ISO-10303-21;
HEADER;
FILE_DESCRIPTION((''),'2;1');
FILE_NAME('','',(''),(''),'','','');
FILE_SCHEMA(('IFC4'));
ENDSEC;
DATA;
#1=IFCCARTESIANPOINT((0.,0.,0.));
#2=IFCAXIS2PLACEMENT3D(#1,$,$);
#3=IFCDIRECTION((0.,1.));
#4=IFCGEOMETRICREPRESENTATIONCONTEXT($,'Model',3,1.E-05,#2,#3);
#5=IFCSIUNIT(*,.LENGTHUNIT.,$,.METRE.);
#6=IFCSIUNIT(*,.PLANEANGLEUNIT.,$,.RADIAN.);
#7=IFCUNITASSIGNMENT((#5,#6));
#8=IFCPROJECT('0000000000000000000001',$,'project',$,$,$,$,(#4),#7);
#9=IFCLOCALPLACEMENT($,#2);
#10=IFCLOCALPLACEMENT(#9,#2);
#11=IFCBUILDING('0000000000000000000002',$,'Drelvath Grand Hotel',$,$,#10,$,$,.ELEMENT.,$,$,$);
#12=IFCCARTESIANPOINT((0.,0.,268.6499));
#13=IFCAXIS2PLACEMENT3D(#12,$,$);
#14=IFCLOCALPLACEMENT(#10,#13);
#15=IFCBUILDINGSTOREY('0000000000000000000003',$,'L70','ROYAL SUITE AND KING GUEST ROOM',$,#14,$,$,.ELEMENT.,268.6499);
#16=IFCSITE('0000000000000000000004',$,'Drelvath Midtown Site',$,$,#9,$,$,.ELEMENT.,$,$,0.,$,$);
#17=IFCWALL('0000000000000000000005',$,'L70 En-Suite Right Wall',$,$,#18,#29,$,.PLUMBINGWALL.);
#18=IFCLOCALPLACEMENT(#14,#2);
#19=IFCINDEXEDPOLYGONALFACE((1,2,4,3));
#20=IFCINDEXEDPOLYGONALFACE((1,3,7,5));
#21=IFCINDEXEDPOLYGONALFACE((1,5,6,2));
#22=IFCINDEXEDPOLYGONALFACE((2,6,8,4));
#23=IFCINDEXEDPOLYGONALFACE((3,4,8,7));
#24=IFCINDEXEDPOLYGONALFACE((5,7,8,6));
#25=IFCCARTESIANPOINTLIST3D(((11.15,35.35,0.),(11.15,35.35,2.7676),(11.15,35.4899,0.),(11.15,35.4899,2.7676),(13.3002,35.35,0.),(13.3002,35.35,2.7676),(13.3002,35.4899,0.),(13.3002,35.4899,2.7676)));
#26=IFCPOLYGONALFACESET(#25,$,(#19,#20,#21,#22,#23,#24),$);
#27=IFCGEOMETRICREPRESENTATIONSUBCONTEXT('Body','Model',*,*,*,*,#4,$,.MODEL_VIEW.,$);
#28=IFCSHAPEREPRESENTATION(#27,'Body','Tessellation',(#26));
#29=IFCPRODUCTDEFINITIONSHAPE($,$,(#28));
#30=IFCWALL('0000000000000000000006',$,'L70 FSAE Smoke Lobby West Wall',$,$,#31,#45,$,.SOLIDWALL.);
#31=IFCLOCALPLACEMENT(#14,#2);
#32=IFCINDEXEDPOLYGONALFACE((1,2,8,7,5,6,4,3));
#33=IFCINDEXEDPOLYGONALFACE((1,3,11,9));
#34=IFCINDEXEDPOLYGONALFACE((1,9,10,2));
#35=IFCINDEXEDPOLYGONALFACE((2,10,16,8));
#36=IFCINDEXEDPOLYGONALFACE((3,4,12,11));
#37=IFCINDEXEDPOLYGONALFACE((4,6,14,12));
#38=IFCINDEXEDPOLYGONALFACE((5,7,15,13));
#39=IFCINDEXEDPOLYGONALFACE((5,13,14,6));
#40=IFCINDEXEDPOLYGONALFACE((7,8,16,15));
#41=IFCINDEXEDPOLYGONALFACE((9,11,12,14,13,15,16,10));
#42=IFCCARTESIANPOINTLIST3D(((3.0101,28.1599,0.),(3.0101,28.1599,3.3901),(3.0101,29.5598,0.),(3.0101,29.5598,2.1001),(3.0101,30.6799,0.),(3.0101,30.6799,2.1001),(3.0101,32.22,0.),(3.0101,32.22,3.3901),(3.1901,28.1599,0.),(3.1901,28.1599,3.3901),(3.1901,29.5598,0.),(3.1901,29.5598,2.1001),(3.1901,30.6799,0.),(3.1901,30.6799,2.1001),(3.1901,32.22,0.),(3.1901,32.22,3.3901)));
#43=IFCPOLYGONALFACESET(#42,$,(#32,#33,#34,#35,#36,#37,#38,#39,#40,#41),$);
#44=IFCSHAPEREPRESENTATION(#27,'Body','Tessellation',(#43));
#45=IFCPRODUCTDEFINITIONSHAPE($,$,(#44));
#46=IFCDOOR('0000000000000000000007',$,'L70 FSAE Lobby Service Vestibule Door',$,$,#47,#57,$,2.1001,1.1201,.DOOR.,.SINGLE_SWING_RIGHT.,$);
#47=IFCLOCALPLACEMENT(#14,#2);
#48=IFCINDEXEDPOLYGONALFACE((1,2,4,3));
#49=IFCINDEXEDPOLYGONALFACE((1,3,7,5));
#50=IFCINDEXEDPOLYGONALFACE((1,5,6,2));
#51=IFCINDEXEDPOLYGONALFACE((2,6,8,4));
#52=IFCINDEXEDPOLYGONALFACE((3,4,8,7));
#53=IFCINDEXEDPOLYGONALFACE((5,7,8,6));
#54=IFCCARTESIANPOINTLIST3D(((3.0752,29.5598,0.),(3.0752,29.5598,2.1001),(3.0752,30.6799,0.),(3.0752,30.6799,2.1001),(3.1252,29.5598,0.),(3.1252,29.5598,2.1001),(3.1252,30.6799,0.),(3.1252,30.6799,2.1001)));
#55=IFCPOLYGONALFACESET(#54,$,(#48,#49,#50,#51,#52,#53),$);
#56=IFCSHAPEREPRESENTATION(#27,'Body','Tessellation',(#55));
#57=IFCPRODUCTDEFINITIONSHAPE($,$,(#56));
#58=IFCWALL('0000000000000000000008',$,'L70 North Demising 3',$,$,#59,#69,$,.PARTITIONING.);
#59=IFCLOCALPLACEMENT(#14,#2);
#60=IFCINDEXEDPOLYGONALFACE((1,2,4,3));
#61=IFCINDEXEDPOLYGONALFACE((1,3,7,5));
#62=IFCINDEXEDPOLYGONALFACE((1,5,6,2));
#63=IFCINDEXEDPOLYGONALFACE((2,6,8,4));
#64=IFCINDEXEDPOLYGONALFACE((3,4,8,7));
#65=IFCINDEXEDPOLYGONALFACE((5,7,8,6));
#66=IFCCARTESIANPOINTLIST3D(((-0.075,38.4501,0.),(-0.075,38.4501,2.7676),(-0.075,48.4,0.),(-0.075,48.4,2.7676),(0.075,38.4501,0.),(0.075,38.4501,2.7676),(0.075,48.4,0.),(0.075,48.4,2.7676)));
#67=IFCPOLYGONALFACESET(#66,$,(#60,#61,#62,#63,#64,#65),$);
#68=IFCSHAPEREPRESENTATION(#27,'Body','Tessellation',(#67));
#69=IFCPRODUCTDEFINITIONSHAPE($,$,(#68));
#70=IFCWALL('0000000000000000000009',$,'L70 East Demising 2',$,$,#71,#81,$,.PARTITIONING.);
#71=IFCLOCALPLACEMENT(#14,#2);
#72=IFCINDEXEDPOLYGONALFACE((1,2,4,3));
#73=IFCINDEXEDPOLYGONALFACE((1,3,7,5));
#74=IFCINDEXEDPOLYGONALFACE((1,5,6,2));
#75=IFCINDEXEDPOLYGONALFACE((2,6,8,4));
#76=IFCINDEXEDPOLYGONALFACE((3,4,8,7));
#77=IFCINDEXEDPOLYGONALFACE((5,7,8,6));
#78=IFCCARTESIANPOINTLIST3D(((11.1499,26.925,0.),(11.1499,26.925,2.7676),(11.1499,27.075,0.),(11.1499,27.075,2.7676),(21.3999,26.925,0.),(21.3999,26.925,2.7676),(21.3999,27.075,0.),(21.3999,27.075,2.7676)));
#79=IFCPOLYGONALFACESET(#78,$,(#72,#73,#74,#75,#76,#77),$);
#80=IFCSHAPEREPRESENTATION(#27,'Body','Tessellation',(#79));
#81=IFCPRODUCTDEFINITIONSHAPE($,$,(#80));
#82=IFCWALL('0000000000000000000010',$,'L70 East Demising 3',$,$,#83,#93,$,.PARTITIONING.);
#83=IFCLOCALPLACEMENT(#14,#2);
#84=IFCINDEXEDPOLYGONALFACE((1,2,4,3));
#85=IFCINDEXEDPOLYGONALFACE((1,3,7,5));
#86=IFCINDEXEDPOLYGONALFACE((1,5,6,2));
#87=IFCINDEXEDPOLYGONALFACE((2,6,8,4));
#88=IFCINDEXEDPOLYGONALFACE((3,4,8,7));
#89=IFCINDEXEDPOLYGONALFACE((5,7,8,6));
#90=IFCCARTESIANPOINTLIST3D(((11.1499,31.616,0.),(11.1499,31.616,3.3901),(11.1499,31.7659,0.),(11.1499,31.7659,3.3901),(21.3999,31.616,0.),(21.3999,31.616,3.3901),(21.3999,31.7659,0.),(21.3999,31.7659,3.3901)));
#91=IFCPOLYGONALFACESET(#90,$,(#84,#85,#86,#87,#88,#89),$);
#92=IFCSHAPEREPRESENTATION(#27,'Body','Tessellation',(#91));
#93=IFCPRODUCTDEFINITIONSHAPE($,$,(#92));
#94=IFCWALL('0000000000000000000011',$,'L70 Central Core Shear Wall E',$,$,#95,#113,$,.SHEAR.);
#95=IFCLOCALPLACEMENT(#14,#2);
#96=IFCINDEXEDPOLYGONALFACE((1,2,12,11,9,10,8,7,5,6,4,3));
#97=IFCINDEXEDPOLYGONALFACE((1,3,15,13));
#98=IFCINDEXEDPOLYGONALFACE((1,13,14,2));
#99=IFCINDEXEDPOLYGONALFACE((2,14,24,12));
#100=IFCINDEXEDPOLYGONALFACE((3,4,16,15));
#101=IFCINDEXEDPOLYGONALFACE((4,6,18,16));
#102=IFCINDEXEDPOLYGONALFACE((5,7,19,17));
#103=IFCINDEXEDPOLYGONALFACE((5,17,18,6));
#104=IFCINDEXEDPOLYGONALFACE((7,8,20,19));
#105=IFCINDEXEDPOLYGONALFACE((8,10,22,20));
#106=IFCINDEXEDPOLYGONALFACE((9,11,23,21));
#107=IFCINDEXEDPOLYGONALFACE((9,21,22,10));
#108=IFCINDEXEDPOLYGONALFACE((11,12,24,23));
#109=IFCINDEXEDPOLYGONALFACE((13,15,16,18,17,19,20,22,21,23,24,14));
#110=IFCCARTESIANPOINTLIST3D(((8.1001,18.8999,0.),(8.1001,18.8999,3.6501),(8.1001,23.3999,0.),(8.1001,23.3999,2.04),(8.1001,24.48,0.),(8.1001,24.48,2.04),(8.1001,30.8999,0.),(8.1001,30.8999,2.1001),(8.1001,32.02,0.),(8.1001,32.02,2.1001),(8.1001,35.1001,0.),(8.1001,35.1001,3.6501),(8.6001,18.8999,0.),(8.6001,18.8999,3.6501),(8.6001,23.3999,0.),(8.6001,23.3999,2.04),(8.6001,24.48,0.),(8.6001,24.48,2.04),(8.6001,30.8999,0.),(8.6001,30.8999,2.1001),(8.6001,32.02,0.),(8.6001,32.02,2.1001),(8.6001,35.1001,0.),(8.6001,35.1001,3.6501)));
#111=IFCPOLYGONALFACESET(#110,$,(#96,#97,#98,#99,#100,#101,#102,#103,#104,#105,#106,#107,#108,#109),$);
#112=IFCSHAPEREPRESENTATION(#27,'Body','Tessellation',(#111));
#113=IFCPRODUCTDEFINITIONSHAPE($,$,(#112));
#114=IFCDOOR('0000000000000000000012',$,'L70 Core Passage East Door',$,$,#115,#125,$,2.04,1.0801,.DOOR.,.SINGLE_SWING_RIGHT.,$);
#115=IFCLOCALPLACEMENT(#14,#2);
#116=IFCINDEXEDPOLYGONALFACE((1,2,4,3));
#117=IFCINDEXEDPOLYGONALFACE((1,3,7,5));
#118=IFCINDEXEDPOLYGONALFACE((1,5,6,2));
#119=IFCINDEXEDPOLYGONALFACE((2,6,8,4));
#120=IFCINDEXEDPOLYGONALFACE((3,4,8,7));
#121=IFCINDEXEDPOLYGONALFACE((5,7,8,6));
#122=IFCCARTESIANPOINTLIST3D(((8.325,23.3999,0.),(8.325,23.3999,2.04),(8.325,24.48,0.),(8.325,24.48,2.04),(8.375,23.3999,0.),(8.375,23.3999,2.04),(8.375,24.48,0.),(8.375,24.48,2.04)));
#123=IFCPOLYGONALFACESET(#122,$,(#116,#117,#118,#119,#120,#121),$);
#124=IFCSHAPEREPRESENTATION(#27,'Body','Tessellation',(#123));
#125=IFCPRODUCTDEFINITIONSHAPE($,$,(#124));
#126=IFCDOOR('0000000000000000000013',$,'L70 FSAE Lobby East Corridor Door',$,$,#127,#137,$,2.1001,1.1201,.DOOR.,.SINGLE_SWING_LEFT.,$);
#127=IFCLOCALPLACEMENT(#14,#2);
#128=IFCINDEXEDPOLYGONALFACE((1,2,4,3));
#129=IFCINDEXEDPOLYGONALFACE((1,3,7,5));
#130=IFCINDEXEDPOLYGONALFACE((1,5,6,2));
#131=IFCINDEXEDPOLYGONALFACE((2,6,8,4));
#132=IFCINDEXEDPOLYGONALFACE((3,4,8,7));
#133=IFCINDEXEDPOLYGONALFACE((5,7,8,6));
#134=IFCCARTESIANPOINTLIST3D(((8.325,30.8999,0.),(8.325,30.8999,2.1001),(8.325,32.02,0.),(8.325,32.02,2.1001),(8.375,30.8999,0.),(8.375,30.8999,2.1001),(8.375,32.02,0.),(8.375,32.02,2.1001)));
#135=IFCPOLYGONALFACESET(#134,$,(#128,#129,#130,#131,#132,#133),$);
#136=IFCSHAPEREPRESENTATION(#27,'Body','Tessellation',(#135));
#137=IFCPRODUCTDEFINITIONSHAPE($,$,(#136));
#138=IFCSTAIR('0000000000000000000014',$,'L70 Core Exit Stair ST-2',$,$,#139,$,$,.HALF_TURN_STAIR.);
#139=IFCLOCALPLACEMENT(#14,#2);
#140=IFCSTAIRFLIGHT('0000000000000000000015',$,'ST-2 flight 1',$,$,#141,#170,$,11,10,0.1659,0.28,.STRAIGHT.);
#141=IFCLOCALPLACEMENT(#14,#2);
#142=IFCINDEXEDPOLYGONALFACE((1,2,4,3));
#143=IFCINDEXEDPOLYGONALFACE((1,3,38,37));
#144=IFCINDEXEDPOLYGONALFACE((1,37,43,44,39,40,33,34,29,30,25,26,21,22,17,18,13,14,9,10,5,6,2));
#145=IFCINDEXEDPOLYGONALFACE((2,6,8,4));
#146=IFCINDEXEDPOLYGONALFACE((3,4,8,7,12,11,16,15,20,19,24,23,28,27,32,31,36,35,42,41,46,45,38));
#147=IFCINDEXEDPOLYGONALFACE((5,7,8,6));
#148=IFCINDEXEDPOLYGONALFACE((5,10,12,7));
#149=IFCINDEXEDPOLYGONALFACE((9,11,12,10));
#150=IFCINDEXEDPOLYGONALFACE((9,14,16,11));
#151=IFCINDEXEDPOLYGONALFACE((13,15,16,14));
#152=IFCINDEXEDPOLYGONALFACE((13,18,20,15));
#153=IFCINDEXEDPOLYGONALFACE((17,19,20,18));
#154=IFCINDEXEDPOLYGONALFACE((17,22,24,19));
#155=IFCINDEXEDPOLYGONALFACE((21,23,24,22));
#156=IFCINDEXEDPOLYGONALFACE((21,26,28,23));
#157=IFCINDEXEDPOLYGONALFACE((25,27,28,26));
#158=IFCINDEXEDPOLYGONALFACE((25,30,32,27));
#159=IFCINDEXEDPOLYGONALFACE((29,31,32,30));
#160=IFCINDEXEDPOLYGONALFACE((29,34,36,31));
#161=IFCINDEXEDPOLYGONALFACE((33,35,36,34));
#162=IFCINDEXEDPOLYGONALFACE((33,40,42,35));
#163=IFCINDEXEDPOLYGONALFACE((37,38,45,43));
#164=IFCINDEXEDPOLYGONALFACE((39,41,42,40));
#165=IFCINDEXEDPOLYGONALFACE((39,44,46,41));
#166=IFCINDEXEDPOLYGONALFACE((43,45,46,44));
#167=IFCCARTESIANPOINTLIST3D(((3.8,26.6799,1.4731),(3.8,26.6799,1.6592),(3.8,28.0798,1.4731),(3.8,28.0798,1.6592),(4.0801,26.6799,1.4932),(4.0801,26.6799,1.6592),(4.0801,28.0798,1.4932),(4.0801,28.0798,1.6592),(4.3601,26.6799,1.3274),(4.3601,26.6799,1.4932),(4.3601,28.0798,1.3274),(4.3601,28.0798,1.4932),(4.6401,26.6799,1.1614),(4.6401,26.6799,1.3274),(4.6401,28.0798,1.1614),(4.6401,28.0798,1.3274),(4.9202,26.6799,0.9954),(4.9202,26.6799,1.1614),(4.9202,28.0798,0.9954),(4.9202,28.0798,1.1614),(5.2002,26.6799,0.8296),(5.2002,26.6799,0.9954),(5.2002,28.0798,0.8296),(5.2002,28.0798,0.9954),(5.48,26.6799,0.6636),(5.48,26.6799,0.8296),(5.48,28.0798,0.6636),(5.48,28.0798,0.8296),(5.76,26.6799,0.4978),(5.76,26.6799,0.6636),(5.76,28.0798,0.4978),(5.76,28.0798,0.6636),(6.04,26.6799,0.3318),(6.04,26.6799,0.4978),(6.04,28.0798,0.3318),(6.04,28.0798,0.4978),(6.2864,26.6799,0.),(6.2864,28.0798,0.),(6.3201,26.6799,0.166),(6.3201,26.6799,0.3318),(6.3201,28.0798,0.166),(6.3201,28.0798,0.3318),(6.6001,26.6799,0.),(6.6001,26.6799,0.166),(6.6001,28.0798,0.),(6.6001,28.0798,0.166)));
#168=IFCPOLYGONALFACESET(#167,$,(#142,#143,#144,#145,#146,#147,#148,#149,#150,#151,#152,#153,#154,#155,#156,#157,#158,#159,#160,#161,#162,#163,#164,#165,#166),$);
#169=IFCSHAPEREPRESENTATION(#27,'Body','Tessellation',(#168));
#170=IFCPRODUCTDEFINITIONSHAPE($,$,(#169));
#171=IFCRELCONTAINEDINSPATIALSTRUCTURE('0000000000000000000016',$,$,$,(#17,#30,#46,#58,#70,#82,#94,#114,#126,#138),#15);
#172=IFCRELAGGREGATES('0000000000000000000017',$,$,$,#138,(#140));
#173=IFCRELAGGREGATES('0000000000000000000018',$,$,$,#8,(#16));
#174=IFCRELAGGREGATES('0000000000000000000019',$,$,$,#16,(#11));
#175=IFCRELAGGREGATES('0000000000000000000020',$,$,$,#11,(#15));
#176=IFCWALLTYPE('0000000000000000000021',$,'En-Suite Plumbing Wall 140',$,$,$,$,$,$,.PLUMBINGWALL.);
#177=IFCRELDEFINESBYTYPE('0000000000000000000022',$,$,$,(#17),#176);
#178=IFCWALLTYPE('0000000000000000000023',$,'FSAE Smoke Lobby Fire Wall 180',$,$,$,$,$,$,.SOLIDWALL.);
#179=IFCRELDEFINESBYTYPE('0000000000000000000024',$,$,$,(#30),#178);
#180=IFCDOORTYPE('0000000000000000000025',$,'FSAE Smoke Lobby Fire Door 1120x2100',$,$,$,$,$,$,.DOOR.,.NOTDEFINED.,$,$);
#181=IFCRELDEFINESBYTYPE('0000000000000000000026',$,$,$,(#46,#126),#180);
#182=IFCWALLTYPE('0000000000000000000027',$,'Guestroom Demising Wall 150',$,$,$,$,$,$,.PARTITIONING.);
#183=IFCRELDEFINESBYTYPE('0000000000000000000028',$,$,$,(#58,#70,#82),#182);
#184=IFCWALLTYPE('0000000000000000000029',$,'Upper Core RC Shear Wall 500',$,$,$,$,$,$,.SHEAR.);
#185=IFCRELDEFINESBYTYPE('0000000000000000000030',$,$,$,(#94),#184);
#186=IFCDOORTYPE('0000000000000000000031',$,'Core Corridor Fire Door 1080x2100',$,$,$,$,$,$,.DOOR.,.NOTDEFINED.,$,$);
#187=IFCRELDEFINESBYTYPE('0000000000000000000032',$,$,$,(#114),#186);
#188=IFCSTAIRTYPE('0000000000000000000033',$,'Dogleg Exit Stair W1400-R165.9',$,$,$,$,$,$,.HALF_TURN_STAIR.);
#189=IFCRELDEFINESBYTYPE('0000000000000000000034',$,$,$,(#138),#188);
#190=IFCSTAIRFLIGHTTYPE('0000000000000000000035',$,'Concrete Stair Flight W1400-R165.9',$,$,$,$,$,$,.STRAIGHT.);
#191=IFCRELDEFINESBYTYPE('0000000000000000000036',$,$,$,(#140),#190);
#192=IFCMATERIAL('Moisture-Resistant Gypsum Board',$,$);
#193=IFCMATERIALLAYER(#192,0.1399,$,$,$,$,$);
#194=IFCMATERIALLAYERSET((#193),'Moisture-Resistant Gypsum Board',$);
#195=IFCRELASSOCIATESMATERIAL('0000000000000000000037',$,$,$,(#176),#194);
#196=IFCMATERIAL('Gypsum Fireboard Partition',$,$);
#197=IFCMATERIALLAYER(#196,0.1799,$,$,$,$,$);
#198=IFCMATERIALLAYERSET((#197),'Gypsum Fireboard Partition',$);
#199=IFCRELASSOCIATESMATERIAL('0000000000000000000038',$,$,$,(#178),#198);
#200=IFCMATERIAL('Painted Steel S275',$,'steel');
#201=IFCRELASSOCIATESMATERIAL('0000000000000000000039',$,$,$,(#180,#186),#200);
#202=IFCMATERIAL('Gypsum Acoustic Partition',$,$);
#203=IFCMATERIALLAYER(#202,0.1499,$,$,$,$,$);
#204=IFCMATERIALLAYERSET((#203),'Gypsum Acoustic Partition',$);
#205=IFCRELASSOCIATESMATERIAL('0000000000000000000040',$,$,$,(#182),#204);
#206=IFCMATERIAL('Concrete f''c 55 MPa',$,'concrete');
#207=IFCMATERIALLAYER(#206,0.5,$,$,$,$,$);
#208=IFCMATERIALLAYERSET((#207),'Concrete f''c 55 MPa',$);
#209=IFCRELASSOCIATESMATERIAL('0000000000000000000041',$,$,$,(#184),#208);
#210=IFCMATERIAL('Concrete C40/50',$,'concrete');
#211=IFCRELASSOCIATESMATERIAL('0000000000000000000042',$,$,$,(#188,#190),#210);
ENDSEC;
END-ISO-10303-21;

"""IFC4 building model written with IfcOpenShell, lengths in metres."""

from ifc_helpers import new_model, si_unit, direction, frame, frame_2d, origin, place, context, subcontext, project, spatial, polyline, rectangle, outline, extrude, material, layer, layer_set, type_object, element, fill, aggregate, save


model = new_model("IFC4")

# Units and contexts
model_context = context("Model", 3, precision=1e-05, world=origin(), true_north=direction((0.0, 1.0)))
body_context = subcontext(model_context, "Body", "Model", "MODEL_VIEW")
ifc_project = project(units=[si_unit("LENGTHUNIT", "METRE"), si_unit("PLANEANGLEUNIT", "RADIAN")], contexts=[model_context])

# Site, building, storey
site_placement = place(None, origin())
site = spatial("IfcSite", under=ifc_project, at=site_placement, Name="Drelvath Midtown Site", CompositionType="ELEMENT", RefElevation=0.0)
building_placement = place(site_placement, origin())
building = spatial("IfcBuilding", under=site, at=building_placement, Name="Drelvath Grand Hotel", CompositionType="ELEMENT")
storey_placement = place(building_placement, frame((0.0, 0.0, 268.6499)))
storey = spatial("IfcBuildingStorey", under=building, at=storey_placement, Name="L70", Description="ROYAL SUITE AND KING GUEST ROOM", CompositionType="ELEMENT", Elevation=268.6499)

# Shared definitions
ifc_material_1 = material(Name="Concrete f'c 55 MPa", Category="concrete")

# Shared definitions
ifc_material_2 = material(Name="Concrete C40/50", Category="concrete")

# Shared definitions
ifc_material_3 = material(Name="Painted Steel S275", Category="steel")

# Wall
ifc_material_4 = material(Name="Gypsum Fireboard Partition")
ifc_material_5 = material(Name="Moisture-Resistant Gypsum Board")
ifc_layer_1 = layer(ifc_material_5, 0.1399)
ifc_layer_set_1 = layer_set([ifc_layer_1], Name="Moisture-Resistant Gypsum Board")
wall_type_1 = type_object("IfcWallType", Name="En-Suite Plumbing Wall 140", PredefinedType="PLUMBINGWALL", material=ifc_layer_set_1)
wall_1_placement = place(storey_placement, frame((11.1499, 35.4199, 0.0), z_axis=(0.0, 0.0, 1.0), x_axis=(1.0, 0.0, 0.0)))
element("IfcWall", 1, at=wall_1_placement, inside=storey, type_object=wall_type_1, Name="L70 En-Suite Right Wall", PredefinedType="PLUMBINGWALL", context=body_context, shape_type="SweptSolid", body=[
    extrude(rectangle(XDim=2.1501, YDim=0.1399, at=frame_2d((1.0752, 0.0))), origin(), (0.0, 0.0, 1.0), 2.7676),
])

# Wall, opening, door
ifc_layer_2 = layer(ifc_material_4, 0.1799)
ifc_layer_set_2 = layer_set([ifc_layer_2], Name="Gypsum Fireboard Partition")
wall_type_2 = type_object("IfcWallType", Name="FSAE Smoke Lobby Fire Wall 180", PredefinedType="SOLIDWALL", material=ifc_layer_set_2)
wall_2_placement = place(storey_placement, frame((3.1001, 28.1599, 0.0), z_axis=(0.0, 0.0, 1.0), x_axis=(0.0, 1.0, 0.0)))
wall_2 = element("IfcWall", 2, at=wall_2_placement, inside=storey, type_object=wall_type_2, Name="L70 FSAE Smoke Lobby West Wall", PredefinedType="SOLIDWALL", context=body_context, shape_type="SweptSolid", body=[
    extrude(rectangle(XDim=4.0601, YDim=0.1799, at=frame_2d((2.03, 0.0))), origin(), (0.0, 0.0, 1.0), 3.3901),
])
opening_1_placement = place(wall_2_placement, frame((1.3999, 0.0, 0.0)))
opening_1 = element("IfcOpeningElement", 3, at=opening_1_placement, cuts=wall_2, PredefinedType="OPENING", context=body_context, shape_type="SweptSolid", body=[
    extrude(rectangle(XDim=1.1201, YDim=2.1001, at=frame_2d((0.5601, 1.05))), frame((0.0, 0.0999, 0.0), z_axis=(0.0, -1.0, 0.0), x_axis=(1.0, 0.0, 0.0)), (0.0, 0.0, 1.0), 0.2),
])
door_type_1 = type_object("IfcDoorType", Name="FSAE Smoke Lobby Fire Door 1120x2100", OperationType="NOTDEFINED", PredefinedType="DOOR", material=ifc_material_3)
door_1_placement = place(opening_1_placement, origin())
door_1 = element("IfcDoor", 4, at=door_1_placement, inside=storey, type_object=door_type_1, Name="L70 FSAE Lobby Service Vestibule Door", OperationType="SINGLE_SWING_RIGHT", OverallHeight=2.1001, OverallWidth=1.1201, PredefinedType="DOOR", context=body_context, shape_type="SweptSolid", body=[
    extrude(rectangle(XDim=1.1201, YDim=2.1001, at=frame_2d((0.5601, 1.05))), frame((0.0, 0.0249, 0.0), z_axis=(0.0, -1.0, 0.0), x_axis=(1.0, 0.0, 0.0)), (0.0, 0.0, 1.0), 0.05),
])
fill(opening_1, door_1)

# Walls
ifc_material_6 = material(Name="Gypsum Acoustic Partition")
ifc_layer_3 = layer(ifc_material_6, 0.1499)
ifc_layer_set_3 = layer_set([ifc_layer_3], Name="Gypsum Acoustic Partition")
wall_type_3 = type_object("IfcWallType", Name="Guestroom Demising Wall 150", PredefinedType="PARTITIONING", material=ifc_layer_set_3)
wall_3_placement = place(storey_placement, frame((0.0, 38.45, 0.0), z_axis=(0.0, 0.0, 1.0), x_axis=(0.0, 1.0, 0.0)))
element("IfcWall", 5, at=wall_3_placement, inside=storey, type_object=wall_type_3, Name="L70 North Demising 3", PredefinedType="PARTITIONING", context=body_context, shape_type="SweptSolid", body=[
    extrude(rectangle(XDim=9.95, YDim=0.1499, at=frame_2d((4.9751, 0.0))), origin(), (0.0, 0.0, 1.0), 2.7676),
])
wall_4_placement = place(storey_placement, frame((11.1499, 27.0, 0.0), z_axis=(0.0, 0.0, 1.0), x_axis=(1.0, 0.0, 0.0)))
element("IfcWall", 6, at=wall_4_placement, inside=storey, type_object=wall_type_3, Name="L70 East Demising 2", PredefinedType="PARTITIONING", context=body_context, shape_type="SweptSolid", body=[
    extrude(rectangle(XDim=10.25, YDim=0.1499, at=frame_2d((5.125, 0.0))), origin(), (0.0, 0.0, 1.0), 2.7676),
])
wall_5_placement = place(storey_placement, frame((11.1499, 31.6909, 0.0), z_axis=(0.0, 0.0, 1.0), x_axis=(1.0, 0.0, 0.0)))
element("IfcWall", 7, at=wall_5_placement, inside=storey, type_object=wall_type_3, Name="L70 East Demising 3", PredefinedType="PARTITIONING", context=body_context, shape_type="SweptSolid", body=[
    extrude(rectangle(XDim=10.25, YDim=0.1499, at=frame_2d((5.125, 0.0))), origin(), (0.0, 0.0, 1.0), 3.3901),
])

# Wall, openings, doors
ifc_layer_4 = layer(ifc_material_1, 0.5)
ifc_layer_set_4 = layer_set([ifc_layer_4], Name="Concrete f'c 55 MPa")
wall_type_4 = type_object("IfcWallType", Name="Upper Core RC Shear Wall 500", PredefinedType="SHEAR", material=ifc_layer_set_4)
wall_6_placement = place(storey_placement, frame((8.3501, 35.1001, 0.0), z_axis=(0.0, 0.0, 1.0), x_axis=(0.0, -1.0, 0.0)))
wall_6 = element("IfcWall", 8, at=wall_6_placement, inside=storey, type_object=wall_type_4, Name="L70 Central Core Shear Wall E", PredefinedType="SHEAR", context=body_context, shape_type="SweptSolid", body=[
    extrude(rectangle(XDim=16.2002, YDim=0.5, at=frame_2d((8.1001, 0.0))), origin(), (0.0, 0.0, 1.0), 3.6501),
])
opening_2_placement = place(wall_6_placement, frame((3.0801, 0.0, 0.0)))
opening_2 = element("IfcOpeningElement", 9, at=opening_2_placement, cuts=wall_6, PredefinedType="OPENING", context=body_context, shape_type="SweptSolid", body=[
    extrude(rectangle(XDim=1.1201, YDim=2.1001, at=frame_2d((0.5601, 1.05))), frame((0.0, 0.26, 0.0), z_axis=(0.0, -1.0, 0.0), x_axis=(1.0, 0.0, 0.0)), (0.0, 0.0, 1.0), 0.52),
])
opening_3_placement = place(wall_6_placement, frame((10.6201, 0.0, 0.0)))
opening_3 = element("IfcOpeningElement", 10, at=opening_3_placement, cuts=wall_6, PredefinedType="OPENING", context=body_context, shape_type="SweptSolid", body=[
    extrude(rectangle(XDim=1.0801, YDim=2.04, at=frame_2d((0.54, 1.02))), frame((0.0, 0.26, 0.0), z_axis=(0.0, -1.0, 0.0), x_axis=(1.0, 0.0, 0.0)), (0.0, 0.0, 1.0), 0.52),
])
door_type_2 = type_object("IfcDoorType", Name="Core Corridor Fire Door 1080x2100", OperationType="NOTDEFINED", PredefinedType="DOOR", material=ifc_material_3)
door_2_placement = place(opening_3_placement, origin())
door_2 = element("IfcDoor", 11, at=door_2_placement, inside=storey, type_object=door_type_2, Name="L70 Core Passage East Door", OperationType="SINGLE_SWING_RIGHT", OverallHeight=2.04, OverallWidth=1.0801, PredefinedType="DOOR", context=body_context, shape_type="SweptSolid", body=[
    extrude(rectangle(XDim=1.0801, YDim=2.04, at=frame_2d((0.54, 1.02))), frame((0.0, 0.0249, 0.0), z_axis=(0.0, -1.0, 0.0), x_axis=(1.0, 0.0, 0.0)), (0.0, 0.0, 1.0), 0.05),
])
fill(opening_3, door_2)
door_3_placement = place(opening_2_placement, origin())
door_3 = element("IfcDoor", 12, at=door_3_placement, inside=storey, type_object=door_type_1, Name="L70 FSAE Lobby East Corridor Door", OperationType="SINGLE_SWING_LEFT", OverallHeight=2.1001, OverallWidth=1.1201, PredefinedType="DOOR", context=body_context, shape_type="SweptSolid", body=[
    extrude(rectangle(XDim=1.1201, YDim=2.1001, at=frame_2d((0.5601, 1.05))), frame((0.0, 0.0249, 0.0), z_axis=(0.0, -1.0, 0.0), x_axis=(1.0, 0.0, 0.0)), (0.0, 0.0, 1.0), 0.05),
])
fill(opening_2, door_3)

# Stair, stair flight
stair_type = type_object("IfcStairType", Name="Dogleg Exit Stair W1400-R165.9", PredefinedType="HALF_TURN_STAIR", material=ifc_material_2)
stair_placement = place(storey_placement, origin())
stair = element("IfcStair", 13, at=stair_placement, inside=storey, type_object=stair_type, Name="L70 Core Exit Stair ST-2", PredefinedType="HALF_TURN_STAIR")
stair_flight_type = type_object("IfcStairFlightType", Name="Concrete Stair Flight W1400-R165.9", PredefinedType="STRAIGHT", material=ifc_material_2)
stair_flight_placement = place(storey_placement, frame((6.6001, 27.3799, 0.0), z_axis=(0.0, 0.0, 1.0), x_axis=(-1.0, 0.0, 0.0)))
stair_flight = element("IfcStairFlight", 14, at=stair_flight_placement, type_object=stair_flight_type, Name="ST-2 flight 1", NumberOfRisers=11, NumberOfTreads=10, PredefinedType="STRAIGHT", RiserHeight=0.1659, TreadLength=0.28, context=body_context, shape_type="SweptSolid", body=[
    extrude(outline(polyline([(0.0, 0.0), (0.0, 0.166), (0.28, 0.166), (0.28, 0.3318), (0.5601, 0.3318), (0.5601, 0.4978), (0.8401, 0.4978), (0.8401, 0.6636), (1.1201, 0.6636), (1.1201, 0.8296), (1.3999, 0.8296), (1.3999, 0.9954), (1.6799, 0.9954), (1.6799, 1.1614), (1.96, 1.1614), (1.96, 1.3274), (2.24, 1.3274), (2.24, 1.4932), (2.52, 1.4932), (2.52, 1.6592), (2.8, 1.6592), (2.8, 1.825), (2.8, 1.4731), (0.3137, 0.0), (0.0, 0.0)])), frame((0.0, 0.7, 0.0), z_axis=(0.0, -1.0, 0.0), x_axis=(1.0, 0.0, 0.0)), (0.0, 0.0, 1.0), 1.3999),
])
aggregate(stair, [stair_flight])

save(model, "model.ifc")
